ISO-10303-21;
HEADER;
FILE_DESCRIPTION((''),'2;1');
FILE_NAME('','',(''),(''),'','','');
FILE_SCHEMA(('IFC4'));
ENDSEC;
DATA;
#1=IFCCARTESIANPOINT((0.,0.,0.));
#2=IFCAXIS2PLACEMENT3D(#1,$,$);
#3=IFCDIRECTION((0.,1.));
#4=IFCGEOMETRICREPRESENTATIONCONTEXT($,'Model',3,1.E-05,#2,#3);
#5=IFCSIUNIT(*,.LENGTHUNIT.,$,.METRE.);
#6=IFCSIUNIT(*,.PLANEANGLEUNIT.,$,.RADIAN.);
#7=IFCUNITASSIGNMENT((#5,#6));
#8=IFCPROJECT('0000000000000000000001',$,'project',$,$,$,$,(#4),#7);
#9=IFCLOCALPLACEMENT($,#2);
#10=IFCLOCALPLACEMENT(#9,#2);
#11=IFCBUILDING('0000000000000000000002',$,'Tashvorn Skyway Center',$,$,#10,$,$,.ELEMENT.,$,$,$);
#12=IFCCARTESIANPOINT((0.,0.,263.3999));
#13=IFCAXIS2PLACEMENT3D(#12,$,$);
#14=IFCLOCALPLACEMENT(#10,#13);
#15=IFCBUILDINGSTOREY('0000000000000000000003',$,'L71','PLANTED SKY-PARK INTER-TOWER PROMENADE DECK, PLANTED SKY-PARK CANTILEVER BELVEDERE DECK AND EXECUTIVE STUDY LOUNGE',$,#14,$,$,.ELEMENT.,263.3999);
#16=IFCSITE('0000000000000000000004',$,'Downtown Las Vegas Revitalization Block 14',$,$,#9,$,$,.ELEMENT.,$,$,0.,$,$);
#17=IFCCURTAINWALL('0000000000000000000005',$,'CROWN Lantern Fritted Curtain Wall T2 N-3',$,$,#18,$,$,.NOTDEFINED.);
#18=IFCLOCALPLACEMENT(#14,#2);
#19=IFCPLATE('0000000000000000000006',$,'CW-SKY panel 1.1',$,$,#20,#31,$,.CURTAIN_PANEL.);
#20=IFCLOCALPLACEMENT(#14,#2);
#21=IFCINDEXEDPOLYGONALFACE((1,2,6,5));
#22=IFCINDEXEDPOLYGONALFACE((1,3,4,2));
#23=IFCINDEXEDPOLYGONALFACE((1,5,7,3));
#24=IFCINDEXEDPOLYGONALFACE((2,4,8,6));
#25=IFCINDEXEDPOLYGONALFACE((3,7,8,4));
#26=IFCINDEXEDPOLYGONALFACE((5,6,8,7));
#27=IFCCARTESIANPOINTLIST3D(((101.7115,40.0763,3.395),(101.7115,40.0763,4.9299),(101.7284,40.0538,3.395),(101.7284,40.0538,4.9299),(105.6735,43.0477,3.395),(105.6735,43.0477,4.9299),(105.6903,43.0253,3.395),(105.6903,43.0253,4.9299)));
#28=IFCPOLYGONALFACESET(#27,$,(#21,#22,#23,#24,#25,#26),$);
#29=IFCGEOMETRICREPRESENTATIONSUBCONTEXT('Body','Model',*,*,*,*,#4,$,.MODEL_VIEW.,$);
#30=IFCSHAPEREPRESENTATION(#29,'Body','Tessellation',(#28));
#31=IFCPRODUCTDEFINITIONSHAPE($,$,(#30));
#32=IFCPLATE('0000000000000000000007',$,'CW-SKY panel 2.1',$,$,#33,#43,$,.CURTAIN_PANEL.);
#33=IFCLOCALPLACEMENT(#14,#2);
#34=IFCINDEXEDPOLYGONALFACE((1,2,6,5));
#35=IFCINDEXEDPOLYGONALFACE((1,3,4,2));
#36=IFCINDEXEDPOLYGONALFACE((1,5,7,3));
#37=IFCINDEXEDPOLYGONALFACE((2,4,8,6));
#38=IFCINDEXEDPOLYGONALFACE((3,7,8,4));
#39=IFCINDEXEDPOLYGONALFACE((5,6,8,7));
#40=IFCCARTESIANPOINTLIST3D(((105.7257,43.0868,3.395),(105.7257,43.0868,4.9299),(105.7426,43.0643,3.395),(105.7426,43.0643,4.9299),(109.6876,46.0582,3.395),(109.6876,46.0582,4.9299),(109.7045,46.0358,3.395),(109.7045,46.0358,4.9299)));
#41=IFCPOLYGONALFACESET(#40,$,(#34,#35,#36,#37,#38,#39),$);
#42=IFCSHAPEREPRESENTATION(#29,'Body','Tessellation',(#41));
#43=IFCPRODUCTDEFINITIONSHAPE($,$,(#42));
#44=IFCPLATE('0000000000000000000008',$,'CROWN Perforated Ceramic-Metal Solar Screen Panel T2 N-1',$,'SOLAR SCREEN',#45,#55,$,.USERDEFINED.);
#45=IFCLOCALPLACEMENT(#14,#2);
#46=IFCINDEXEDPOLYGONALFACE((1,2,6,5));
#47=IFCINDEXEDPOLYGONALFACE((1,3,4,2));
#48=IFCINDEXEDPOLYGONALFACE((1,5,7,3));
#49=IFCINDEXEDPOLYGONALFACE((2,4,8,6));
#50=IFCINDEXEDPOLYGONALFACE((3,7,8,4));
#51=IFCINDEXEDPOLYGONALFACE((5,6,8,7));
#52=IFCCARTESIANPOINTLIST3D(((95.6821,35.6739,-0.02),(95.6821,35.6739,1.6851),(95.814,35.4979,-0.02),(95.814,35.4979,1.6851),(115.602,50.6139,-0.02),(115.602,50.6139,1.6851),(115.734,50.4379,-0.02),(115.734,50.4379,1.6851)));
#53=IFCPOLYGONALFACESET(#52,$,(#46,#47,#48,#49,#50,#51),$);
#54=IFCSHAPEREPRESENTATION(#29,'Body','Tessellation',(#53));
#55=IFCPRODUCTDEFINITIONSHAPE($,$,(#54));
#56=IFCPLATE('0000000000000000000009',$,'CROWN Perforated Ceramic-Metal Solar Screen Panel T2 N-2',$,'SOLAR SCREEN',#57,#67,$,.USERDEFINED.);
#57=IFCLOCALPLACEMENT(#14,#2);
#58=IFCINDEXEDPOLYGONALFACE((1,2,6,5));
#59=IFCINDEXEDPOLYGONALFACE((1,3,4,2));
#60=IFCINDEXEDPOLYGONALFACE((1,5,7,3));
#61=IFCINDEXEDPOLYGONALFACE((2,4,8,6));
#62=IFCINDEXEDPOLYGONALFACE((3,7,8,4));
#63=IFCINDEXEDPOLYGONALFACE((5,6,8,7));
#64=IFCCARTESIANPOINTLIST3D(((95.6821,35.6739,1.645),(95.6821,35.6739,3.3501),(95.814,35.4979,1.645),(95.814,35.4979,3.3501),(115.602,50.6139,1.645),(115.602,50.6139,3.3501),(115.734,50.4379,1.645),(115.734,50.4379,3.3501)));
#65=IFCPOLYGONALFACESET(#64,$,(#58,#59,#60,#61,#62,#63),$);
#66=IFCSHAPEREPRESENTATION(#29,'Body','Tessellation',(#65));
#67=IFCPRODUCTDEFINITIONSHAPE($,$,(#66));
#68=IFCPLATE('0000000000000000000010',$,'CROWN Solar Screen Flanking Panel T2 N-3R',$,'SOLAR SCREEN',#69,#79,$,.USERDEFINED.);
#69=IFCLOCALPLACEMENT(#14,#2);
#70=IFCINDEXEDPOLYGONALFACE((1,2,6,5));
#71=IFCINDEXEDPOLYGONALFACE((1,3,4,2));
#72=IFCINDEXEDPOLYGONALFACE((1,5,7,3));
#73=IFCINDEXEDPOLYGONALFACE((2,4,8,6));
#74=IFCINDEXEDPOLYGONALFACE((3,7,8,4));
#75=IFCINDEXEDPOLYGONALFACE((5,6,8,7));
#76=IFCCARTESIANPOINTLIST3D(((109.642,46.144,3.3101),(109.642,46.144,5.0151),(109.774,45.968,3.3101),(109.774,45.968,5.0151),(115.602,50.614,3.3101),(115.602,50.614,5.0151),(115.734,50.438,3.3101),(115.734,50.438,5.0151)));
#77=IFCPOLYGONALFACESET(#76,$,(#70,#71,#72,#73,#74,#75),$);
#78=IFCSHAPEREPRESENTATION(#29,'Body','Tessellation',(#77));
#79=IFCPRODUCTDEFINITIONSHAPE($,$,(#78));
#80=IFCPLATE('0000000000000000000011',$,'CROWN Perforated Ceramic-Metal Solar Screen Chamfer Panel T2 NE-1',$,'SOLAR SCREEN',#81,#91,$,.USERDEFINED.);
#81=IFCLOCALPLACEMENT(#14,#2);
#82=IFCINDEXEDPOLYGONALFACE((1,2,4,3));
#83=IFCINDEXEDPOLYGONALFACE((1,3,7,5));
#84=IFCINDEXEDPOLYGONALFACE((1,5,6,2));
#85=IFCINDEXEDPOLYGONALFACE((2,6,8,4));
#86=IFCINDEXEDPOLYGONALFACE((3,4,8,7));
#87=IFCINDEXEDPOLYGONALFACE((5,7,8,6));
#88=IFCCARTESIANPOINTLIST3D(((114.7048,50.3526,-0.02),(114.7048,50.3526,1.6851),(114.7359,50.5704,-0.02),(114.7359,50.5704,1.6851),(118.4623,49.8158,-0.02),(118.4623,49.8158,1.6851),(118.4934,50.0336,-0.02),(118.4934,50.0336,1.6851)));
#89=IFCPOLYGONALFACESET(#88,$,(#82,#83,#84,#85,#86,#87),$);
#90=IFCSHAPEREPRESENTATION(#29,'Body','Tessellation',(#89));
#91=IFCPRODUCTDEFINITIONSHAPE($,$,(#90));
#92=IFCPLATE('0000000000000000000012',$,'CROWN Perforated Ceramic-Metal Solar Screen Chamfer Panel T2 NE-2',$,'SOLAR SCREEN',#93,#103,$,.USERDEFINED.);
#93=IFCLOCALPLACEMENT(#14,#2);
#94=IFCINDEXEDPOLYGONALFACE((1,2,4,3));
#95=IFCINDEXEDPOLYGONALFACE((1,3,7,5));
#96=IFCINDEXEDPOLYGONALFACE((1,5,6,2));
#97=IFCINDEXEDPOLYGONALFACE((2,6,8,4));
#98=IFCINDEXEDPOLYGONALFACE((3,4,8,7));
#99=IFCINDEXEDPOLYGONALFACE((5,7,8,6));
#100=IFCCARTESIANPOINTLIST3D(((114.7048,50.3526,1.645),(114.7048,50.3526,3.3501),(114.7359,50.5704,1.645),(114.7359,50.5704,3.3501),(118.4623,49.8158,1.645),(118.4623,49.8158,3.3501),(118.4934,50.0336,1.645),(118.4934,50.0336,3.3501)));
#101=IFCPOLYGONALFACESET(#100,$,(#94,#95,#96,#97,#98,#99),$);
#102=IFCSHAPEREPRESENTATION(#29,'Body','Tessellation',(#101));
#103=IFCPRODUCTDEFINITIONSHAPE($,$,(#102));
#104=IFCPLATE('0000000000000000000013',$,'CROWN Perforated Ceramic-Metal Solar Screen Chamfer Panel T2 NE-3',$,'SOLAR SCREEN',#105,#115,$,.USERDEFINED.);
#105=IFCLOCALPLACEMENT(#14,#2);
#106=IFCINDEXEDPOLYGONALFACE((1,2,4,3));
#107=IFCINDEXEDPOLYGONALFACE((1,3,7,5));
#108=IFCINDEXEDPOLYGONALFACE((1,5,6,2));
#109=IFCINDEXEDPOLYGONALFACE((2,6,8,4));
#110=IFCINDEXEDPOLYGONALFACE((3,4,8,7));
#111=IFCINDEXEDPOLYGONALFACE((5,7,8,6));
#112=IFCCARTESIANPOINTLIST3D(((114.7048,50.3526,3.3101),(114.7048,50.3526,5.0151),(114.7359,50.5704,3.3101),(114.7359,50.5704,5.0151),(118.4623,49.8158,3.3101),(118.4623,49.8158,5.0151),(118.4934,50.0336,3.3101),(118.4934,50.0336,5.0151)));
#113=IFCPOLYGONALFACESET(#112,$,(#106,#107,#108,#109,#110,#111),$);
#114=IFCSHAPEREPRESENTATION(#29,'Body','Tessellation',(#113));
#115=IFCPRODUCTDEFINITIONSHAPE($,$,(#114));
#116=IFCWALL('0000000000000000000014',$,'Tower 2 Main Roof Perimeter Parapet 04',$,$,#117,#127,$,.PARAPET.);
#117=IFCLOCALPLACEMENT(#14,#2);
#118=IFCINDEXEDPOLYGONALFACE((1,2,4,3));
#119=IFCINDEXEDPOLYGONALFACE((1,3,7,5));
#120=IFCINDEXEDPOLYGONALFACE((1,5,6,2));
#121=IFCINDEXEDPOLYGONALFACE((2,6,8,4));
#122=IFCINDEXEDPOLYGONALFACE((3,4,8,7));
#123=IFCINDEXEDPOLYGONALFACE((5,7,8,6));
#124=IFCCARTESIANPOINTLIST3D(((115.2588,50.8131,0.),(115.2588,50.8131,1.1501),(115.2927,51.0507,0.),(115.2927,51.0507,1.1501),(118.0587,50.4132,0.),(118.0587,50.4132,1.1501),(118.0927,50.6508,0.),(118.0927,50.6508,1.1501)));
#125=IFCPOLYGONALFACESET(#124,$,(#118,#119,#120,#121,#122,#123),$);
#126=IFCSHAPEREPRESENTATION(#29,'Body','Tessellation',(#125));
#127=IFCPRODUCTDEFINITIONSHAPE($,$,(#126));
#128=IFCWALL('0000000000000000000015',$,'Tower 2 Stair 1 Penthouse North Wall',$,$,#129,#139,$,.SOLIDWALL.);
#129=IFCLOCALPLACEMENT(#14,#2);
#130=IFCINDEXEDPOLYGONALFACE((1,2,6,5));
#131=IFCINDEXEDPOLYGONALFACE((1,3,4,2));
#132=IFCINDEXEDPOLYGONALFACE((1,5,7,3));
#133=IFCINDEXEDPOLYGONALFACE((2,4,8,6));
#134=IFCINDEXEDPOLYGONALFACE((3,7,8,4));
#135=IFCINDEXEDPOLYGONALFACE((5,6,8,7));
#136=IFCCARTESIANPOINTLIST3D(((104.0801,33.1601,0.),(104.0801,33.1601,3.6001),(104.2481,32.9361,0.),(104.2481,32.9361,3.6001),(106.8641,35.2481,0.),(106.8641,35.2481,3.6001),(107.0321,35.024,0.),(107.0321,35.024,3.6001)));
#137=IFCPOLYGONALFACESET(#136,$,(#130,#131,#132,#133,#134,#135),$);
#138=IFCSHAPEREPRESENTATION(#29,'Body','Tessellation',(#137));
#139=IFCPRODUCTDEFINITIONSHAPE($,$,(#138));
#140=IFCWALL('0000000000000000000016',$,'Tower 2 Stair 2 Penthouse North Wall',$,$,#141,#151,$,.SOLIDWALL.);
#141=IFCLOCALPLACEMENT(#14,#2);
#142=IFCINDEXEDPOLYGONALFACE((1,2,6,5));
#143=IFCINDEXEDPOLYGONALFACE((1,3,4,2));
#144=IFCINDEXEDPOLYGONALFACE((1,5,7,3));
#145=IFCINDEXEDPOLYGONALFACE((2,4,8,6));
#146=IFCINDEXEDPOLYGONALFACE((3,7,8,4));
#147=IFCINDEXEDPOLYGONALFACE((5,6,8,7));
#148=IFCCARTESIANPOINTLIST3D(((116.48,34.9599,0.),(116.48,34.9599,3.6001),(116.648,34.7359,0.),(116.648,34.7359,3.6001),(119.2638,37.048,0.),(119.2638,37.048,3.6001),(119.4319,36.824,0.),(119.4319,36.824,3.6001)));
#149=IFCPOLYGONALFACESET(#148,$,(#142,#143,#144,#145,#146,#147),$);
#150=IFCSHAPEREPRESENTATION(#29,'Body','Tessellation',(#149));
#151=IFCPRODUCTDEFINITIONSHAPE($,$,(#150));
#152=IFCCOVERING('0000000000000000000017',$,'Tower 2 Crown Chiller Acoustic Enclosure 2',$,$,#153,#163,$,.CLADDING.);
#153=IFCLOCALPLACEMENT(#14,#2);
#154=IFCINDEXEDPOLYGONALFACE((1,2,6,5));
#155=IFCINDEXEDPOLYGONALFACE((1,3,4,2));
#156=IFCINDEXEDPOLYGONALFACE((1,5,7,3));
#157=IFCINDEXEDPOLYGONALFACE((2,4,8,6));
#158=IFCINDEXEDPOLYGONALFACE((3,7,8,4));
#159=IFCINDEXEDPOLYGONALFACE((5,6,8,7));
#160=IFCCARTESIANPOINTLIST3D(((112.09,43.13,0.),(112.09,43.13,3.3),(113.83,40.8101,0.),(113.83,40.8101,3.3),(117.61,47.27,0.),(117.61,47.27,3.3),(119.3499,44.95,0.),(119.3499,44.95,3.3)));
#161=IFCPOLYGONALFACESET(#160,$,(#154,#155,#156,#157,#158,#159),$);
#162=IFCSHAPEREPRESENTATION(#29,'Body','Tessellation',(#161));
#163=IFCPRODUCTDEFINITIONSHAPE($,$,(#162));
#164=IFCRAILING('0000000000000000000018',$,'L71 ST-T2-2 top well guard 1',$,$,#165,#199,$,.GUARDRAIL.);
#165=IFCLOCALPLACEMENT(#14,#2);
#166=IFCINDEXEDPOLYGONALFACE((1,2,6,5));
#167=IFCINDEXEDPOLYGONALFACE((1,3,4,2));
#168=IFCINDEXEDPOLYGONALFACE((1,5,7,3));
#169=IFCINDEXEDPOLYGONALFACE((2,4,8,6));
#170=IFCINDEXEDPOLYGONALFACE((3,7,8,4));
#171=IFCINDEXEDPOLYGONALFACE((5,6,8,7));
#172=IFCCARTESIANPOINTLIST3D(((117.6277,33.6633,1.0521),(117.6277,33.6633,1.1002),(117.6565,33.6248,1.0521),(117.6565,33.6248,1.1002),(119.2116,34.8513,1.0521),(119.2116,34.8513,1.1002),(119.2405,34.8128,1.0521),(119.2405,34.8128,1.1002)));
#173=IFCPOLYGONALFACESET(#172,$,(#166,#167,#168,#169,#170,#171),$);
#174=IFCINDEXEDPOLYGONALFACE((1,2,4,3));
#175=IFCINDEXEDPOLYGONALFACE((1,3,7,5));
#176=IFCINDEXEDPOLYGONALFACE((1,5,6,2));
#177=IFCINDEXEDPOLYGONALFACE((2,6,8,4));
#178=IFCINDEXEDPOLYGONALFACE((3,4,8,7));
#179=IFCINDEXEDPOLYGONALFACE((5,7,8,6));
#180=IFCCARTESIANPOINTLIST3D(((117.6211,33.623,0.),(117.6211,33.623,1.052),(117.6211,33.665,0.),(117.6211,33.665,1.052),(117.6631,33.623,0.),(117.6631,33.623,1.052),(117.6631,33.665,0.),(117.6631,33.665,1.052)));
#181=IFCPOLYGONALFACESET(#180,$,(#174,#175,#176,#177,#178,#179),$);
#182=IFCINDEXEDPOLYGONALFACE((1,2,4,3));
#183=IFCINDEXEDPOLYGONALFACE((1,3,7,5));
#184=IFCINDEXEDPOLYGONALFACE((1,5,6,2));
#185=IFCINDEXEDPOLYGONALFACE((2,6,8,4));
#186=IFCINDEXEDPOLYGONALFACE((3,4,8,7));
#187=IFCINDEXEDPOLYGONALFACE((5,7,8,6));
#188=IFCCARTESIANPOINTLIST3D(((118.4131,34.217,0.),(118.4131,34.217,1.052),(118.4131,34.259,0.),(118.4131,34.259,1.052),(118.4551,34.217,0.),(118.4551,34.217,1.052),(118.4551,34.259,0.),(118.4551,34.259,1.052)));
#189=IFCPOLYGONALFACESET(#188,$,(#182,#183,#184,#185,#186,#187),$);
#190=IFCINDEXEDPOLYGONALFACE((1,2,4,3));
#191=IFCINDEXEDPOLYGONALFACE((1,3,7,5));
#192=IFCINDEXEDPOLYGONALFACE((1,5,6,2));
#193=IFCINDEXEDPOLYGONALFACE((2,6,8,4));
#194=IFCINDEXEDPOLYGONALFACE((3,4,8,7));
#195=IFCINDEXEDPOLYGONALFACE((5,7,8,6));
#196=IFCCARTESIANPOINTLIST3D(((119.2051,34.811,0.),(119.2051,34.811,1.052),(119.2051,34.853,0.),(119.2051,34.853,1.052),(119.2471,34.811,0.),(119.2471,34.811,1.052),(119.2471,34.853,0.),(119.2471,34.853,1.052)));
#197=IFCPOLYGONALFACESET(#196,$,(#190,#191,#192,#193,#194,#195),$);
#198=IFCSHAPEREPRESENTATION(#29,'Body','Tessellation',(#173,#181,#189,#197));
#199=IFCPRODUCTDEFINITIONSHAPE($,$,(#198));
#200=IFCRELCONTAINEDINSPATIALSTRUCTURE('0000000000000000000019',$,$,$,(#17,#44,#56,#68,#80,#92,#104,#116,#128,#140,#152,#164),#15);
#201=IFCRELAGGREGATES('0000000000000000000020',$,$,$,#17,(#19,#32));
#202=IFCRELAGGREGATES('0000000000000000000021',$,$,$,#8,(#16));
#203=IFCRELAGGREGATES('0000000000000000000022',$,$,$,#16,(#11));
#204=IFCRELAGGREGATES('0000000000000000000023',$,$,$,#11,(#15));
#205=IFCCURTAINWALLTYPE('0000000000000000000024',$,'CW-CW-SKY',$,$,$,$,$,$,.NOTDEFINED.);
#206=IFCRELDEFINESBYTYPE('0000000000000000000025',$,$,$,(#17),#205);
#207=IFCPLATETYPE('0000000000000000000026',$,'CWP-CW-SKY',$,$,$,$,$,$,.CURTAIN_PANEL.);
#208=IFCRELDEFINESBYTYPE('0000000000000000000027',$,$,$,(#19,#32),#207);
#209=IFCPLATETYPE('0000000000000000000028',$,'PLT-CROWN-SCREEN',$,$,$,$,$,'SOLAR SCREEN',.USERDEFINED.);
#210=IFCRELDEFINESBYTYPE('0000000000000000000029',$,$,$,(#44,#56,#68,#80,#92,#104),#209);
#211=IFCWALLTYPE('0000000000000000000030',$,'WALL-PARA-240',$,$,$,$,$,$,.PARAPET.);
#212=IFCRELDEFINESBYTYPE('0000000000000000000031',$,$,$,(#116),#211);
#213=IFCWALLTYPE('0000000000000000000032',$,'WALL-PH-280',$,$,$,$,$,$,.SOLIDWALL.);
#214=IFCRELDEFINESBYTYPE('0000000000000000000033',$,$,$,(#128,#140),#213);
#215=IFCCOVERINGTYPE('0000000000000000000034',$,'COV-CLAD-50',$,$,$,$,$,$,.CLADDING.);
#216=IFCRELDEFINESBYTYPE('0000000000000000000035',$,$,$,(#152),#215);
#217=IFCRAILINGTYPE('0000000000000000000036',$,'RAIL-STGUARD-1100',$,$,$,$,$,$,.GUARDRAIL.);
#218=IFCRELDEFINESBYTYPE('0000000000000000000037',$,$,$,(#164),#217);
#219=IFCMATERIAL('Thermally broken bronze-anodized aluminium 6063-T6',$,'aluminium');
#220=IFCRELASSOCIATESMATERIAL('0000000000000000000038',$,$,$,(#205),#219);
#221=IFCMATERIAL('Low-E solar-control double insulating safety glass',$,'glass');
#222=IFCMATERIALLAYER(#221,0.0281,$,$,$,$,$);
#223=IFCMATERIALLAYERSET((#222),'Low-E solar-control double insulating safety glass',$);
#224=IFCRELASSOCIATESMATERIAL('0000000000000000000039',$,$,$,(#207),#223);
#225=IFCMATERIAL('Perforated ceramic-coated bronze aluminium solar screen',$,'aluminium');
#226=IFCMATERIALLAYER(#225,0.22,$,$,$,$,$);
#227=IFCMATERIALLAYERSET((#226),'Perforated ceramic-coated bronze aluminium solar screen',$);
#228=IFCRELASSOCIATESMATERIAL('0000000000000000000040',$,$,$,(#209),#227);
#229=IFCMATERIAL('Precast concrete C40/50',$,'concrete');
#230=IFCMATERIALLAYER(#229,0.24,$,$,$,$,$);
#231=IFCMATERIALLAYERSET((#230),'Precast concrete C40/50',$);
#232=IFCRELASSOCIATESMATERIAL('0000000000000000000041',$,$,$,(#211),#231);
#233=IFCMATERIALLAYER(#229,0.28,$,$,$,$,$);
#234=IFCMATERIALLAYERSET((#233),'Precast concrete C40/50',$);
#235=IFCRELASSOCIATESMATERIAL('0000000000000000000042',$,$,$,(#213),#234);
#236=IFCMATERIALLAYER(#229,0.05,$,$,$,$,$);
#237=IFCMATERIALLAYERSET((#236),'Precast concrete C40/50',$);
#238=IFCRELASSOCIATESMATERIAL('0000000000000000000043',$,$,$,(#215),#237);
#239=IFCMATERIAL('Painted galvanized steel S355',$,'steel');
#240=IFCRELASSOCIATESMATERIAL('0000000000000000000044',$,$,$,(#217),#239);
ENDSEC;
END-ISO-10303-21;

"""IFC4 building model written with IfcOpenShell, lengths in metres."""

from ifc_helpers import new_model, si_unit, direction, frame, frame_2d, origin, origin_2d, place, context, subcontext, project, spatial, rectangle, extrude, material, layer, layer_set, type_object, element, aggregate, save


model = new_model("IFC4")

# Units and contexts
model_context = context("Model", 3, precision=1e-05, world=origin(), true_north=direction((0.0, 1.0)))
body_context = subcontext(model_context, "Body", "Model", "MODEL_VIEW")
ifc_project = project(units=[si_unit("LENGTHUNIT", "METRE"), si_unit("PLANEANGLEUNIT", "RADIAN")], contexts=[model_context])

# Site, building, storey
site_placement = place(None, origin())
site = spatial("IfcSite", under=ifc_project, at=site_placement, Name="Downtown Las Vegas Revitalization Block 14", CompositionType="ELEMENT", RefElevation=0.0)
building_placement = place(site_placement, origin())
building = spatial("IfcBuilding", under=site, at=building_placement, Name="Tashvorn Skyway Center", CompositionType="ELEMENT")
storey_placement = place(building_placement, frame((0.0, 0.0, 263.3999)))
storey = spatial("IfcBuildingStorey", under=building, at=storey_placement, Name="L71", Description="PLANTED SKY-PARK INTER-TOWER PROMENADE DECK, PLANTED SKY-PARK CANTILEVER BELVEDERE DECK AND EXECUTIVE STUDY LOUNGE", CompositionType="ELEMENT", Elevation=263.3999)

# Curtain wall
ifc_material_1 = material(Name="Thermally broken bronze-anodized aluminium 6063-T6", Category="aluminium")
curtain_wall_type = type_object("IfcCurtainWallType", Name="CW-CW-SKY", PredefinedType="NOTDEFINED", material=ifc_material_1)
curtain_wall_placement = place(storey_placement, origin())
curtain_wall = element("IfcCurtainWall", 1, at=curtain_wall_placement, inside=storey, type_object=curtain_wall_type, Name="CROWN Lantern Fritted Curtain Wall T2 N-3", PredefinedType="NOTDEFINED")

# Plates
ifc_material_2 = material(Name="Low-E solar-control double insulating safety glass", Category="glass")
ifc_layer_1 = layer(ifc_material_2, 0.0281)
ifc_layer_set_1 = layer_set([ifc_layer_1], Name="Low-E solar-control double insulating safety glass")
plate_type_1 = type_object("IfcPlateType", Name="CWP-CW-SKY", PredefinedType="CURTAIN_PANEL", material=ifc_layer_set_1)
plate_1_placement = place(storey_placement, frame((103.7009, 41.5508, 3.395), z_axis=(0.0, 0.0, 1.0), x_axis=(0.8, 0.6, 0.0)))
plate_1 = element("IfcPlate", 2, at=plate_1_placement, type_object=plate_type_1, Name="CW-SKY panel 1.1", PredefinedType="CURTAIN_PANEL", context=body_context, shape_type="SweptSolid", body=[
    extrude(rectangle(XDim=4.9524, YDim=0.0281, at=origin_2d()), origin(), (0.0, 0.0, 1.0), 1.5349),
])
plate_2_placement = place(storey_placement, frame((107.7151, 44.5613, 3.395), z_axis=(0.0, 0.0, 1.0), x_axis=(0.8, 0.6, 0.0)))
plate_2 = element("IfcPlate", 3, at=plate_2_placement, type_object=plate_type_1, Name="CW-SKY panel 2.1", PredefinedType="CURTAIN_PANEL", context=body_context, shape_type="SweptSolid", body=[
    extrude(rectangle(XDim=4.9524, YDim=0.0281, at=origin_2d()), origin(), (0.0, 0.0, 1.0), 1.5349),
])
aggregate(curtain_wall, [plate_1, plate_2])

# Plates
ifc_material_3 = material(Name="Perforated ceramic-coated bronze aluminium solar screen", Category="aluminium")
ifc_layer_2 = layer(ifc_material_3, 0.22)
ifc_layer_set_2 = layer_set([ifc_layer_2], Name="Perforated ceramic-coated bronze aluminium solar screen")
plate_type_2 = type_object("IfcPlateType", Name="PLT-CROWN-SCREEN", ElementType="SOLAR SCREEN", PredefinedType="USERDEFINED", material=ifc_layer_set_2)
for number, where, z_axis, x_axis, name in (
    (4, (105.708, 43.0559, -0.02), (0.0, 0.0, 1.0), (-0.8, -0.6, 0.0), "CROWN Perforated Ceramic-Metal Solar Screen Panel T2 N-1"),
    (5, (105.708, 43.0559, 1.645), (0.0, 0.0, 1.0), (-0.8, -0.6, 0.0), "CROWN Perforated Ceramic-Metal Solar Screen Panel T2 N-2"),
):
    element("IfcPlate", number, at=place(storey_placement, frame(where, z_axis=z_axis, x_axis=x_axis)), inside=storey, type_object=plate_type_2, Name=name, ObjectType="SOLAR SCREEN", PredefinedType="USERDEFINED", context=body_context, shape_type="SweptSolid", body=[
        extrude(rectangle(XDim=24.8999, YDim=0.22, at=origin_2d()), origin(), (0.0, 0.0, 1.0), 1.7051),
    ])
plate_3_placement = place(storey_placement, frame((112.688, 48.291, 3.3101), z_axis=(0.0, 0.0, 1.0), x_axis=(-0.8, -0.6, 0.0)))
element("IfcPlate", 6, at=plate_3_placement, inside=storey, type_object=plate_type_2, Name="CROWN Solar Screen Flanking Panel T2 N-3R", ObjectType="SOLAR SCREEN", PredefinedType="USERDEFINED", context=body_context, shape_type="SweptSolid", body=[
    extrude(rectangle(XDim=7.45, YDim=0.22, at=origin_2d()), origin(), (0.0, 0.0, 1.0), 1.7051),
])
for number, where, z_axis, x_axis, name in (
    (7, (116.5991, 50.1931, -0.02), (0.0, 0.0, 1.0), (0.989949, -0.141421, 0.0), "CROWN Perforated Ceramic-Metal Solar Screen Chamfer Panel T2 NE-1"),
    (8, (116.5991, 50.1931, 1.645), (0.0, 0.0, 1.0), (0.989949, -0.141421, 0.0), "CROWN Perforated Ceramic-Metal Solar Screen Chamfer Panel T2 NE-2"),
    (9, (116.5991, 50.1931, 3.3101), (0.0, 0.0, 1.0), (0.989949, -0.141421, 0.0), "CROWN Perforated Ceramic-Metal Solar Screen Chamfer Panel T2 NE-3"),
):
    element("IfcPlate", number, at=place(storey_placement, frame(where, z_axis=z_axis, x_axis=x_axis)), inside=storey, type_object=plate_type_2, Name=name, ObjectType="SOLAR SCREEN", PredefinedType="USERDEFINED", context=body_context, shape_type="SweptSolid", body=[
        extrude(rectangle(XDim=3.7957, YDim=0.22, at=origin_2d()), origin(), (0.0, 0.0, 1.0), 1.7051),
    ])

# Walls
ifc_material_4 = material(Name="Precast concrete C40/50", Category="concrete")
ifc_layer_3 = layer(ifc_material_4, 0.24)
ifc_layer_set_3 = layer_set([ifc_layer_3], Name="Precast concrete C40/50")
wall_type_1 = type_object("IfcWallType", Name="WALL-PARA-240", PredefinedType="PARAPET", material=ifc_layer_set_3)
wall_1_placement = place(storey_placement, frame((115.2759, 50.9319, 0.0), z_axis=(0.0, 0.0, 1.0), x_axis=(0.989955, -0.141385, 0.0)))
element("IfcWall", 10, at=wall_1_placement, inside=storey, type_object=wall_type_1, Name="Tower 2 Main Roof Perimeter Parapet 04", PredefinedType="PARAPET", context=body_context, shape_type="SweptSolid", body=[
    extrude(rectangle(XDim=2.8284, YDim=0.24, at=frame_2d((1.4141, 0.0))), origin(), (0.0, 0.0, 1.0), 1.1501),
])
ifc_layer_4 = layer(ifc_material_4, 0.28)
ifc_layer_set_4 = layer_set([ifc_layer_4], Name="Precast concrete C40/50")
wall_type_2 = type_object("IfcWallType", Name="WALL-PH-280", PredefinedType="SOLIDWALL", material=ifc_layer_set_4)
wall_2_placement = place(storey_placement, frame((104.1641, 33.0481, 0.0), z_axis=(0.0, 0.0, 1.0), x_axis=(0.800008, 0.599989, 0.0)))
element("IfcWall", 11, at=wall_2_placement, inside=storey, type_object=wall_type_2, Name="Tower 2 Stair 1 Penthouse North Wall", PredefinedType="SOLIDWALL", context=body_context, shape_type="SweptSolid", body=[
    extrude(rectangle(XDim=3.48, YDim=0.28, at=frame_2d((1.74, 0.0))), origin(), (0.0, 0.0, 1.0), 3.6001),
])

# Wall
wall_3_placement = place(storey_placement, frame((116.564, 34.8479, 0.0), z_axis=(0.0, 0.0, 1.0), x_axis=(0.799975, 0.600034, 0.0)))
element("IfcWall", 12, at=wall_3_placement, inside=storey, type_object=wall_type_2, Name="Tower 2 Stair 2 Penthouse North Wall", PredefinedType="SOLIDWALL", context=body_context, shape_type="SweptSolid", body=[
    extrude(rectangle(XDim=3.48, YDim=0.28, at=frame_2d((1.74, 0.0))), origin(), (0.0, 0.0, 1.0), 3.6001),
])

# Covering
ifc_layer_5 = layer(ifc_material_4, 0.05)
ifc_layer_set_5 = layer_set([ifc_layer_5], Name="Precast concrete C40/50")
covering_type = type_object("IfcCoveringType", Name="COV-CLAD-50", PredefinedType="CLADDING", material=ifc_layer_set_5)
covering_placement = place(storey_placement, frame((115.72, 44.04, 0.0), z_axis=(0.0, 0.0, 1.0), x_axis=(0.8, 0.6, 0.0)))
element("IfcCovering", 13, at=covering_placement, inside=storey, type_object=covering_type, Name="Tower 2 Crown Chiller Acoustic Enclosure 2", PredefinedType="CLADDING", context=body_context, shape_type="SweptSolid", body=[
    extrude(rectangle(XDim=6.8999, YDim=2.8999, at=origin_2d()), origin(), (0.0, 0.0, 1.0), 3.3),
])

# Railing
ifc_material_5 = material(Name="Painted galvanized steel S355", Category="steel")
railing_type = type_object("IfcRailingType", Name="RAIL-STGUARD-1100", PredefinedType="GUARDRAIL", material=ifc_material_5)
railing_placement = place(storey_placement, frame((117.6421, 33.644, 0.0)))
element("IfcRailing", 14, at=railing_placement, inside=storey, type_object=railing_type, Name="L71 ST-T2-2 top well guard 1", PredefinedType="GUARDRAIL", context=body_context, shape_type="SweptSolid", body=[
    extrude(rectangle(XDim=0.0481, YDim=0.0481, at=origin_2d()), frame((0.0, 0.0, 1.0762), z_axis=(0.8, 0.6, 0.0), x_axis=(-0.6, 0.8, 0.0)), (0.0, 0.0, 1.0), 1.98),
    extrude(rectangle(XDim=0.042, YDim=0.042, at=origin_2d()), origin(), (0.0, 0.0, 1.0), 1.052),
    extrude(rectangle(XDim=0.042, YDim=0.042, at=origin_2d()), frame((0.792, 0.594, 0.0)), (0.0, 0.0, 1.0), 1.052),
    extrude(rectangle(XDim=0.042, YDim=0.042, at=origin_2d()), frame((1.584, 1.188, 0.0)), (0.0, 0.0, 1.0), 1.052),
])

save(model, "model.ifc")
